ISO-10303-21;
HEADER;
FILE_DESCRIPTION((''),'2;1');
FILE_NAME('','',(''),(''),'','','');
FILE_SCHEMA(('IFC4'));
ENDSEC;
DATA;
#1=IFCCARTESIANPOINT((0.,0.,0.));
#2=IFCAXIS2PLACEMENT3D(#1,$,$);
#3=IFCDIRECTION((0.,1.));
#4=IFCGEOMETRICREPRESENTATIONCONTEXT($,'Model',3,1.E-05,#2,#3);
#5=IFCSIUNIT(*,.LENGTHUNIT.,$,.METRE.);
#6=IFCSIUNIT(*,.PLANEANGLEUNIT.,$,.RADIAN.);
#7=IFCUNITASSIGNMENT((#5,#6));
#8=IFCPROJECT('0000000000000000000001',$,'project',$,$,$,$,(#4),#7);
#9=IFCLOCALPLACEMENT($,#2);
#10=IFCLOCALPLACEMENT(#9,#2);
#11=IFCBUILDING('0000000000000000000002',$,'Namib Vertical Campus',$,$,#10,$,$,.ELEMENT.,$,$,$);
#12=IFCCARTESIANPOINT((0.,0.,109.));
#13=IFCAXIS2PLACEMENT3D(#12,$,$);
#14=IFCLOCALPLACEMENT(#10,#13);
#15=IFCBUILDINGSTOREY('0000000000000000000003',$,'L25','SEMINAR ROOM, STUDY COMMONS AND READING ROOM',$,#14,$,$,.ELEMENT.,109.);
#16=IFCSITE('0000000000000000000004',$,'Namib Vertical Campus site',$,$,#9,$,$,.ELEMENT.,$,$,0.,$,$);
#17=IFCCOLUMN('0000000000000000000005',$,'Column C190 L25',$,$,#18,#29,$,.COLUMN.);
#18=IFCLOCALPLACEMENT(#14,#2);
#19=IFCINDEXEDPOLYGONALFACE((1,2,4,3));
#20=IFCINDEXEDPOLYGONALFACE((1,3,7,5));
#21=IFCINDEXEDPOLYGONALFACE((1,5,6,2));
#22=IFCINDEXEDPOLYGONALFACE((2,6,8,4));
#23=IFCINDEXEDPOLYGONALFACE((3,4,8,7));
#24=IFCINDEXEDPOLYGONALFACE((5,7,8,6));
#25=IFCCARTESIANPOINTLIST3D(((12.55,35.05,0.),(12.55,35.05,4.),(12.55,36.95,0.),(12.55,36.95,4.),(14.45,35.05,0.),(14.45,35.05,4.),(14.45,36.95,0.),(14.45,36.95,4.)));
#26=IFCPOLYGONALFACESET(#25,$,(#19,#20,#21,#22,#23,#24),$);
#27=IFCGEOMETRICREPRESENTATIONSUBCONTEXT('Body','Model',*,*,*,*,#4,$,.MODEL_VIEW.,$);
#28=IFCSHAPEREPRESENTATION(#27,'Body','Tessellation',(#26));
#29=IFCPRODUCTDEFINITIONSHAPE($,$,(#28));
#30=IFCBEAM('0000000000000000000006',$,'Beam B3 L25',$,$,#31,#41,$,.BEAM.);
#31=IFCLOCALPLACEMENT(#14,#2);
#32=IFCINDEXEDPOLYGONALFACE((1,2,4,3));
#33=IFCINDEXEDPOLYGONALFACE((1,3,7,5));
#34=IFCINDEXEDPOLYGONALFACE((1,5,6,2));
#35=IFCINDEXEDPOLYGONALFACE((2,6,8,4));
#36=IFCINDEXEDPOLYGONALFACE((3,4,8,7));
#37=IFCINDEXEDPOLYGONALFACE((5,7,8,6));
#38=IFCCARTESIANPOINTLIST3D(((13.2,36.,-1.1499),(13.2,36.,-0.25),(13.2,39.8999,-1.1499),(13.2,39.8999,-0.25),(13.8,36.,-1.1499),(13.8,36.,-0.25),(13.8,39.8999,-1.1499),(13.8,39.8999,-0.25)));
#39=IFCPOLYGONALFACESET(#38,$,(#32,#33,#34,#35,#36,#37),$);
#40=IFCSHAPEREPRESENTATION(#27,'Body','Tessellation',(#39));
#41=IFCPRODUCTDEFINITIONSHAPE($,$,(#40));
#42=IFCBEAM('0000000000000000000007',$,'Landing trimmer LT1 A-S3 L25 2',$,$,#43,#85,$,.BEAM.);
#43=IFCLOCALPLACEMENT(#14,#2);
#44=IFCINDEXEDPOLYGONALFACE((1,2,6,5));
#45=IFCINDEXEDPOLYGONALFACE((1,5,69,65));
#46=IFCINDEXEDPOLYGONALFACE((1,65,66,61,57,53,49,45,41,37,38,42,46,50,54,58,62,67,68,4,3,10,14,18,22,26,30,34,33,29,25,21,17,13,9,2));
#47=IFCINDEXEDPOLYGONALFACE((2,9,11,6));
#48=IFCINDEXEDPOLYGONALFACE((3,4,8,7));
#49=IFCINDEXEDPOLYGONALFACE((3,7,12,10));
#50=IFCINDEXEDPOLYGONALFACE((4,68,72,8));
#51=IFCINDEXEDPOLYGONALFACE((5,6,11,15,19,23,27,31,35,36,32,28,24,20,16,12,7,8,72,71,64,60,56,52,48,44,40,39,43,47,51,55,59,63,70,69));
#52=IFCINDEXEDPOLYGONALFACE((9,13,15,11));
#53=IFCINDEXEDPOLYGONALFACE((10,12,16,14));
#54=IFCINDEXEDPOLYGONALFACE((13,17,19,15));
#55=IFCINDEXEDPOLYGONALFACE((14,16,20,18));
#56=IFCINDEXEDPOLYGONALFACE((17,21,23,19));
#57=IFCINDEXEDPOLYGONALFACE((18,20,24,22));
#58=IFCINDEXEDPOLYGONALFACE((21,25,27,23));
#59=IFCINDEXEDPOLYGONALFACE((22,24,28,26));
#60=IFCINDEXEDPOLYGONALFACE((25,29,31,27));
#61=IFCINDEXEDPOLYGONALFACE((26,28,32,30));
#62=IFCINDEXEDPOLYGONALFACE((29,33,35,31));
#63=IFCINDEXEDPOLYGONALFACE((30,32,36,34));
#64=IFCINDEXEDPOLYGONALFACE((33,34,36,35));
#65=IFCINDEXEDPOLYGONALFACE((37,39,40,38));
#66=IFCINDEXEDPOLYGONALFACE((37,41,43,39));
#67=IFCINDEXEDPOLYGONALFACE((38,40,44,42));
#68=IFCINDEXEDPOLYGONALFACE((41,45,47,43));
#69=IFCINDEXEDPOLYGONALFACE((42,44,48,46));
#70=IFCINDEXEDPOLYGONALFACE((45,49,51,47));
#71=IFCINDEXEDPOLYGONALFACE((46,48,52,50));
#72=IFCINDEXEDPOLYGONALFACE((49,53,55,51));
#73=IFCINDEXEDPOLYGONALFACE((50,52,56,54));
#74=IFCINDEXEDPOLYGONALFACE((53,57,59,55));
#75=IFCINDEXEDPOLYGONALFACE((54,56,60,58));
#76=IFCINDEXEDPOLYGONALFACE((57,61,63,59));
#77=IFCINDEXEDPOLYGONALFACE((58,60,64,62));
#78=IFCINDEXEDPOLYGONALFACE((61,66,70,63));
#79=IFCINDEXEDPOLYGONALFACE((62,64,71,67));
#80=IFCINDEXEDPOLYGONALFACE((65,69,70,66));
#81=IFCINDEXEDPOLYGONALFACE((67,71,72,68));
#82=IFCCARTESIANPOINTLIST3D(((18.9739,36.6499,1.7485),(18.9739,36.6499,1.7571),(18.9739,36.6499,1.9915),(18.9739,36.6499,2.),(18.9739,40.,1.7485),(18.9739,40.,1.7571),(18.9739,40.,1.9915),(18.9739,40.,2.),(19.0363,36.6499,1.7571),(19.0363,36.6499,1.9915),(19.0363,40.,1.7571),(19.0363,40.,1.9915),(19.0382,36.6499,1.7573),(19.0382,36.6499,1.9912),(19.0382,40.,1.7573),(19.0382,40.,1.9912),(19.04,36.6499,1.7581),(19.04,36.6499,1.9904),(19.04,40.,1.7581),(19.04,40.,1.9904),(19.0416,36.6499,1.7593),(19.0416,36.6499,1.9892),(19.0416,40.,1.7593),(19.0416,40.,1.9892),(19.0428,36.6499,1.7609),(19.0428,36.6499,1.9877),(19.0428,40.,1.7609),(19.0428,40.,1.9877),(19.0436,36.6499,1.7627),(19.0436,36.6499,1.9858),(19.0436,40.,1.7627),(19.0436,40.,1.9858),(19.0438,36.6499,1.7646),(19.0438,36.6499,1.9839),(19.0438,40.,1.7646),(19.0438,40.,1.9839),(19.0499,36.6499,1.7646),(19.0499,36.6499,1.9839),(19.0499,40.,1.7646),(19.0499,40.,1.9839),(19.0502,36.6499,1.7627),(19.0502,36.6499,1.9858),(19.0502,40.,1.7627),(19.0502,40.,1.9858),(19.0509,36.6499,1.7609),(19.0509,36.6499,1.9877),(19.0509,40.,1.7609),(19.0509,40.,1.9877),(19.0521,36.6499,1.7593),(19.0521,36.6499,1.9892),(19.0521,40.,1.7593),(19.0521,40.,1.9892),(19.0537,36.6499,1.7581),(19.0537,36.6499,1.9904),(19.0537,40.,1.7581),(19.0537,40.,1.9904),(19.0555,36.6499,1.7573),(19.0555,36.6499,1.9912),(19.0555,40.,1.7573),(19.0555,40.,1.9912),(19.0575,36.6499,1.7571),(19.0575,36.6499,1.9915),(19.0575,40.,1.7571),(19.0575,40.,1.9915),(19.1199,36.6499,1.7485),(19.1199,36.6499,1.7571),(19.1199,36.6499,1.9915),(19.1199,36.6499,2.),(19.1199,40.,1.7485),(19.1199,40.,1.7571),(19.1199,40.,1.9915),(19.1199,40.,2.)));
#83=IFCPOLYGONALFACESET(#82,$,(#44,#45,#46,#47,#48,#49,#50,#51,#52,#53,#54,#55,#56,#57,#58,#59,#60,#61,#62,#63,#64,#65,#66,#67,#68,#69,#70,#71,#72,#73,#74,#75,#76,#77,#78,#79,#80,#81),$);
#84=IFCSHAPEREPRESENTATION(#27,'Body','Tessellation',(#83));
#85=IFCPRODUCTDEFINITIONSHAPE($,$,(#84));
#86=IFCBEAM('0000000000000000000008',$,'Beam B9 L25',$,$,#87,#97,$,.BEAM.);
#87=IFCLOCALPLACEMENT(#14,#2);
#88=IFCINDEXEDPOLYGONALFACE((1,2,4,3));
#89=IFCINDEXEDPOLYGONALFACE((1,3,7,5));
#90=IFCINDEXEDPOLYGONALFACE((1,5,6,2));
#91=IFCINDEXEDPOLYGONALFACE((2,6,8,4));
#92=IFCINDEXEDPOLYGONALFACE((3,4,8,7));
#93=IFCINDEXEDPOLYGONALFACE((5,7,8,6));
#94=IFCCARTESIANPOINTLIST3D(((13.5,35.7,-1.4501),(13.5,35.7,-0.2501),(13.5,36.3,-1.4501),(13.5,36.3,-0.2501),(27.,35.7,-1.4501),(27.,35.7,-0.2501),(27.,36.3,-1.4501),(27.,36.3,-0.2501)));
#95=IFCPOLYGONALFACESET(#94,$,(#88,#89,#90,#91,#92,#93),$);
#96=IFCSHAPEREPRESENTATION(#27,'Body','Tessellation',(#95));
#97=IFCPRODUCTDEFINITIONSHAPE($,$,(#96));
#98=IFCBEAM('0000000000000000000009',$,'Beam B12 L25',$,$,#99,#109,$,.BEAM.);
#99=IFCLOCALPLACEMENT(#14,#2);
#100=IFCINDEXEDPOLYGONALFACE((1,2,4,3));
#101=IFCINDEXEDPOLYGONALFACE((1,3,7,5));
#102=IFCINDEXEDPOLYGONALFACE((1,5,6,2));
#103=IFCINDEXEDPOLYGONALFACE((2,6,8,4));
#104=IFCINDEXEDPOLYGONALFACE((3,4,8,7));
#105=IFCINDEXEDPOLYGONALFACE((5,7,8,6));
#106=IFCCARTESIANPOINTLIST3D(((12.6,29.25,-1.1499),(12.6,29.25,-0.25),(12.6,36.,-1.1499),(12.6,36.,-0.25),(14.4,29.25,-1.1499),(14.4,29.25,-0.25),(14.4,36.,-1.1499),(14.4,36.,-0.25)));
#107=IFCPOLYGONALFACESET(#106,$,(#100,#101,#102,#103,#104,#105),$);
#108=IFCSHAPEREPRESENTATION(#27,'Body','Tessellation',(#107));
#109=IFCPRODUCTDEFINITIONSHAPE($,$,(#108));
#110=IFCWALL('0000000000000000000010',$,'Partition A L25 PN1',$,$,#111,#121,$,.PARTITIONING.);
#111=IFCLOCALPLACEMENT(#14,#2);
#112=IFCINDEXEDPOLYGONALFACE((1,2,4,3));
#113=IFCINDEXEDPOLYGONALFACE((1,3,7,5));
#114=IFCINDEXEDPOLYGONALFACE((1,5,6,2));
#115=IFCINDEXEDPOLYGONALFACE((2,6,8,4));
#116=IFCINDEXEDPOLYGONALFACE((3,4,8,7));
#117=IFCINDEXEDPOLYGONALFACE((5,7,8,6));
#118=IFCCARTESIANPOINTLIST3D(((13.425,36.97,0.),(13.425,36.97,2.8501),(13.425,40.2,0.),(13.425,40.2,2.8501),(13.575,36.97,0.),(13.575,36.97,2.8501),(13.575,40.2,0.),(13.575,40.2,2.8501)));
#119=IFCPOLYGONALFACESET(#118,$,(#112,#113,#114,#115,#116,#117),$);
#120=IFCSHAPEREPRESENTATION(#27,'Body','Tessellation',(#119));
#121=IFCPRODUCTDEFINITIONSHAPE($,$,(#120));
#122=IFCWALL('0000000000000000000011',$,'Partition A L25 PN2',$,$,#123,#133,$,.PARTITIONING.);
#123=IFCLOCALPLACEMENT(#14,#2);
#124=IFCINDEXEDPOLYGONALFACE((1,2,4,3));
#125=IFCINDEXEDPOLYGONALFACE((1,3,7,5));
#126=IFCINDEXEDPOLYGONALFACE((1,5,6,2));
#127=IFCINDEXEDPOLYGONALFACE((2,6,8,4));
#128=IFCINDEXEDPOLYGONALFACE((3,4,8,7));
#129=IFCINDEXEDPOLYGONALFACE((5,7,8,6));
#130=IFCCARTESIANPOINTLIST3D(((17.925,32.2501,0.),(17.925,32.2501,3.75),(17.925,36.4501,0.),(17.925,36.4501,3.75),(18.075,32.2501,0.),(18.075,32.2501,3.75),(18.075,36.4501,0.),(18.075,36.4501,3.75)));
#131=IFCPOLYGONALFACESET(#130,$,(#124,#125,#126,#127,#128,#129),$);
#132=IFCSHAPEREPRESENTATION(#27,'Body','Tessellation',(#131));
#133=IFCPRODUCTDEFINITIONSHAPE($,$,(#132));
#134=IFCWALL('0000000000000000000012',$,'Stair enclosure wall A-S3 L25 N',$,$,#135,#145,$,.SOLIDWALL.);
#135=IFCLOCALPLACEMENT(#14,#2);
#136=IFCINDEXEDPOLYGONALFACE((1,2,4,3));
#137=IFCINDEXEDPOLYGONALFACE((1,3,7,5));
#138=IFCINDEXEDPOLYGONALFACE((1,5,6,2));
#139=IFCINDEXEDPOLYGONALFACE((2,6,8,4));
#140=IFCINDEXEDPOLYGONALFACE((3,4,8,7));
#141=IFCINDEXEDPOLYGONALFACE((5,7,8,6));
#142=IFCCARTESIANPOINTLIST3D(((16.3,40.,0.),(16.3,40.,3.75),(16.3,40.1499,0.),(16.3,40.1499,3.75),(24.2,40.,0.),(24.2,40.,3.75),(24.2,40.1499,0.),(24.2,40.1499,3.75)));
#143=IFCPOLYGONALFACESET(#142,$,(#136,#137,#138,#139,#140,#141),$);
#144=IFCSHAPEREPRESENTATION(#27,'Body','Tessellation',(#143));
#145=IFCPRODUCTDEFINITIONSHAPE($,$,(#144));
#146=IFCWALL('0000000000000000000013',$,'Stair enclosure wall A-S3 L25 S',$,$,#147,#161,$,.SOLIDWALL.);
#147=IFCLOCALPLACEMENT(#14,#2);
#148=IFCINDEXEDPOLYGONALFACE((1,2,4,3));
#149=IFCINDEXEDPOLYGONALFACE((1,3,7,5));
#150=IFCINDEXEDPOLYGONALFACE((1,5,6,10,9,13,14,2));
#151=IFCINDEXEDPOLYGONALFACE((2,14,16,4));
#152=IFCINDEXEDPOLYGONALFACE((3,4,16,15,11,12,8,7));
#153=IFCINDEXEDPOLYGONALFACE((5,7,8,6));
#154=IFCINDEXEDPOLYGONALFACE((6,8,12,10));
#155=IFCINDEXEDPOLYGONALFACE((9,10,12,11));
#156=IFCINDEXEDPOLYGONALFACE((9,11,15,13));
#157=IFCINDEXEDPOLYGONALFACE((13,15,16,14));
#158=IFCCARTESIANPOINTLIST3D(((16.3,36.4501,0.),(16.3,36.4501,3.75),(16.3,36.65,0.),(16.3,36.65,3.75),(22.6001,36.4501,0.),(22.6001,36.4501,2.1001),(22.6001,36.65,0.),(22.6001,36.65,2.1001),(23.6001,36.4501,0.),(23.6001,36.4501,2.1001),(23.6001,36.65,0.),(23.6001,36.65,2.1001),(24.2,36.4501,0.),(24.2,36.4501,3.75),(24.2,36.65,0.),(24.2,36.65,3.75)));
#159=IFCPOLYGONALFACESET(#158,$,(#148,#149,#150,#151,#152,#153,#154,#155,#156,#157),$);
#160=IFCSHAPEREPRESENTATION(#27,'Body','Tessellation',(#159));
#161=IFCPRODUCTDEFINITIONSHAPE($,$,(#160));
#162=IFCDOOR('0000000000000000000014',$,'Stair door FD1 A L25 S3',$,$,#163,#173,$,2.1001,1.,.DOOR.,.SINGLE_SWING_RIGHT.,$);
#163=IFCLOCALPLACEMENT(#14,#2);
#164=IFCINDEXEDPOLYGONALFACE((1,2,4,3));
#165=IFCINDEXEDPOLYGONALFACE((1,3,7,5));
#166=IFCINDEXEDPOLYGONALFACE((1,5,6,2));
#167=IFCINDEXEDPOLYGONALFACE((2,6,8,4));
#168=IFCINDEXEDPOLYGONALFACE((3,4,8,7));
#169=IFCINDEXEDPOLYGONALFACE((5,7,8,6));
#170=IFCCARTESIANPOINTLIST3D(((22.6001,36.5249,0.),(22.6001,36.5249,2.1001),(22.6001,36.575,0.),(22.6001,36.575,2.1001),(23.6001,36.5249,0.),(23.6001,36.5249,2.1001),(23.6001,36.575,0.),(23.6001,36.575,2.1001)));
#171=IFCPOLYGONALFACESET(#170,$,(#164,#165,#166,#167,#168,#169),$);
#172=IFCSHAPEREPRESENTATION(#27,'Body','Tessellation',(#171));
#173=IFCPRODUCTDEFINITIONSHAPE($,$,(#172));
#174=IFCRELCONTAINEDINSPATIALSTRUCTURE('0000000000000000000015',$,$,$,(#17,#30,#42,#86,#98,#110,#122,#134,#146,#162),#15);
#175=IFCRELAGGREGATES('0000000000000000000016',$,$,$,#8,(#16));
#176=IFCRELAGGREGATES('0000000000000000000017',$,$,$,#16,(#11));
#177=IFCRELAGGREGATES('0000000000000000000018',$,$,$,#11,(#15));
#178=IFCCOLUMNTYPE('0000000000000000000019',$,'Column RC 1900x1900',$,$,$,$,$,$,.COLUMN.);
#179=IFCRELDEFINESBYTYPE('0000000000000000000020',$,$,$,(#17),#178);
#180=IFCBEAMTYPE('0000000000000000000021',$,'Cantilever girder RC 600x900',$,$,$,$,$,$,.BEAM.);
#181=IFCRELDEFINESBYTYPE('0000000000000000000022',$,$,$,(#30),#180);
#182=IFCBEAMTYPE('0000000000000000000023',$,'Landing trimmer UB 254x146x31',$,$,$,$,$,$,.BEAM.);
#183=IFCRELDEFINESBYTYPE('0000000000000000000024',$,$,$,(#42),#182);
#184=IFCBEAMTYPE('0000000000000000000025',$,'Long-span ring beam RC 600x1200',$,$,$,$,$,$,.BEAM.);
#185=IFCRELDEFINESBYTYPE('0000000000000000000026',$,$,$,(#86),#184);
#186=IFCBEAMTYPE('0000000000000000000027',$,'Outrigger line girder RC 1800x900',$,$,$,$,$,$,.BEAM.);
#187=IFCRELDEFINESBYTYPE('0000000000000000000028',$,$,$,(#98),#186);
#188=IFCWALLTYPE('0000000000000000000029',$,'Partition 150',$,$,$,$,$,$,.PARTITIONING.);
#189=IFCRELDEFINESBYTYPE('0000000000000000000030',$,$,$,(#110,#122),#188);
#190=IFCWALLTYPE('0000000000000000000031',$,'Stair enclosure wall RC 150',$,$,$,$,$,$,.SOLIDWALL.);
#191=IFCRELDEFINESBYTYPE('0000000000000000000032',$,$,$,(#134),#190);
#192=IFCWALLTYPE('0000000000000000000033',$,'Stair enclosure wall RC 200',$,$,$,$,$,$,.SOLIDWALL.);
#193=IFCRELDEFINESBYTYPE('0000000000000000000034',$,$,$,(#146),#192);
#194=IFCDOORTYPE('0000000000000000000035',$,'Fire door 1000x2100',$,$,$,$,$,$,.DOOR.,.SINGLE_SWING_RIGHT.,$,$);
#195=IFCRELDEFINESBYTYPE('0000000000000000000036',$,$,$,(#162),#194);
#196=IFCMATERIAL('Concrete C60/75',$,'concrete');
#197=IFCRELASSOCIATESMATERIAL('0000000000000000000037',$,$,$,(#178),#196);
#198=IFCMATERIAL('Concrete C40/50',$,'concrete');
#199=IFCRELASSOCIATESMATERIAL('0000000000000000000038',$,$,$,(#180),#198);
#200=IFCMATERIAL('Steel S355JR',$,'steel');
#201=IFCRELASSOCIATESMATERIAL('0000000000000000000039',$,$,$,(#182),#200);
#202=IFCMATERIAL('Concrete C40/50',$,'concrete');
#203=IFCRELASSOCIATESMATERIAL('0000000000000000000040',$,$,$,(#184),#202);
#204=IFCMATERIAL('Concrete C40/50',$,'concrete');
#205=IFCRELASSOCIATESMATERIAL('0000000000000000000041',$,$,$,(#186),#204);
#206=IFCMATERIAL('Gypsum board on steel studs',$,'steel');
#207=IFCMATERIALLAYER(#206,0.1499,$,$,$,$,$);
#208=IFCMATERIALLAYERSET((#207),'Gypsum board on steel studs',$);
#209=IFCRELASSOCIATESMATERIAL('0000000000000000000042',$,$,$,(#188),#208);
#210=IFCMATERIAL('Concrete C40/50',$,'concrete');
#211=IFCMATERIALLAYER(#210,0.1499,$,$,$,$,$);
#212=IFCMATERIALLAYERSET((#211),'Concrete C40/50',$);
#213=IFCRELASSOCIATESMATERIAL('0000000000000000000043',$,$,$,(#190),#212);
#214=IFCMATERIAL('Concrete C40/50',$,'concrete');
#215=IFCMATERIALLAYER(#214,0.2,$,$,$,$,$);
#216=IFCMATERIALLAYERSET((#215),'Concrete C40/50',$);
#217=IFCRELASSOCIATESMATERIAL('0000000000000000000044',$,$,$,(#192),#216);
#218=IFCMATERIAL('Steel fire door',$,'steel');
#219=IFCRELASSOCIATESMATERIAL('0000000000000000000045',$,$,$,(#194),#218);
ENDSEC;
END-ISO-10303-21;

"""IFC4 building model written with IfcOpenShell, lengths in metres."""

from ifc_helpers import new_model, si_unit, direction, frame, frame_2d, origin, origin_2d, place, context, subcontext, project, spatial, rectangle, i_section, extrude, material, layer, layer_set, material_profile, profile_set, type_object, element, fill, save


model = new_model("IFC4")

# Units and contexts
model_context = context("Model", 3, precision=1e-05, world=origin(), true_north=direction((0.0, 1.0)))
body_context = subcontext(model_context, "Body", "Model", "MODEL_VIEW")
ifc_project = project(units=[si_unit("LENGTHUNIT", "METRE"), si_unit("PLANEANGLEUNIT", "RADIAN")], contexts=[model_context])

# Site, building, storey
site_placement = place(None, origin())
site = spatial("IfcSite", under=ifc_project, at=site_placement, Name="Namib Vertical Campus site", CompositionType="ELEMENT", RefElevation=0.0)
building_placement = place(site_placement, origin())
building = spatial("IfcBuilding", under=site, at=building_placement, Name="Namib Vertical Campus", CompositionType="ELEMENT")
storey_placement = place(building_placement, frame((0.0, 0.0, 109.0)))
storey = spatial("IfcBuildingStorey", under=building, at=storey_placement, Name="L25", Description="SEMINAR ROOM, STUDY COMMONS AND READING ROOM", CompositionType="ELEMENT", Elevation=109.0)

# Column
ifc_material_1 = material(Name="Concrete C60/75", Category="concrete")
ifc_material_profile_1 = material_profile(ifc_material_1, rectangle(XDim=1.8999, YDim=1.8999, at=origin_2d()))
ifc_profile_set_1 = profile_set([ifc_material_profile_1], Name="Concrete C60/75")
column_type = type_object("IfcColumnType", Name="Column RC 1900x1900", PredefinedType="COLUMN", material=ifc_profile_set_1)
column_placement = place(storey_placement, frame((13.5, 36.0, 0.0), z_axis=(0.0, 0.0, 1.0), x_axis=(1.0, 0.0, 0.0)))
element("IfcColumn", 1, at=column_placement, inside=storey, type_object=column_type, Name="Column C190 L25", PredefinedType="COLUMN", context=body_context, shape_type="SweptSolid", body=[
    extrude(rectangle(XDim=1.8999, YDim=1.8999, at=origin_2d()), origin(), (0.0, 0.0, 1.0), 4.0),
])

# Beams
ifc_material_2 = material(Name="Concrete C40/50", Category="concrete")
ifc_material_profile_2 = material_profile(ifc_material_2, rectangle(XDim=0.6001, YDim=0.8999, at=origin_2d()))
ifc_profile_set_2 = profile_set([ifc_material_profile_2], Name="Concrete C40/50")
beam_type_1 = type_object("IfcBeamType", Name="Cantilever girder RC 600x900", PredefinedType="BEAM", material=ifc_profile_set_2)
beam_1_placement = place(storey_placement, frame((13.5, 36.0, -0.7), z_axis=(0.0, 1.0, 0.0), x_axis=(-1.0, 0.0, 0.0)))
element("IfcBeam", 2, at=beam_1_placement, inside=storey, type_object=beam_type_1, Name="Beam B3 L25", PredefinedType="BEAM", context=body_context, shape_type="SweptSolid", body=[
    extrude(rectangle(XDim=0.6001, YDim=0.8999, at=origin_2d()), origin(), (0.0, 0.0, 1.0), 3.8999),
])
ifc_material_3 = material(Name="Steel S355JR", Category="steel")
ifc_material_profile_3 = material_profile(ifc_material_3, i_section(OverallWidth=0.146, OverallDepth=0.2515, WebThickness=0.0061, FlangeThickness=0.0085, FilletRadius=0.0076, at=origin_2d()))
ifc_profile_set_3 = profile_set([ifc_material_profile_3], Name="Steel S355JR")
beam_type_2 = type_object("IfcBeamType", Name="Landing trimmer UB 254x146x31", PredefinedType="BEAM", material=ifc_profile_set_3)
beam_2_placement = place(storey_placement, frame((19.0469, 36.6499, 1.8743), z_axis=(0.0, 1.0, 0.0), x_axis=(-1.0, 0.0, 0.0)))
element("IfcBeam", 3, at=beam_2_placement, inside=storey, type_object=beam_type_2, Name="Landing trimmer LT1 A-S3 L25 2", PredefinedType="BEAM", context=body_context, shape_type="SweptSolid", body=[
    extrude(i_section(OverallWidth=0.146, OverallDepth=0.2515, WebThickness=0.0061, FlangeThickness=0.0085, FilletRadius=0.0076, at=origin_2d()), origin(), (0.0, 0.0, 1.0), 3.3501),
])
ifc_material_4 = material(Name="Concrete C40/50", Category="concrete")
ifc_material_profile_4 = material_profile(ifc_material_4, rectangle(XDim=0.6001, YDim=1.2, at=origin_2d()))
ifc_profile_set_4 = profile_set([ifc_material_profile_4], Name="Concrete C40/50")
beam_type_3 = type_object("IfcBeamType", Name="Long-span ring beam RC 600x1200", PredefinedType="BEAM", material=ifc_profile_set_4)
beam_3_placement = place(storey_placement, frame((13.5, 36.0, -0.8501), z_axis=(1.0, 0.0, 0.0), x_axis=(0.0, 1.0, 0.0)))
element("IfcBeam", 4, at=beam_3_placement, inside=storey, type_object=beam_type_3, Name="Beam B9 L25", PredefinedType="BEAM", context=body_context, shape_type="SweptSolid", body=[
    extrude(rectangle(XDim=0.6001, YDim=1.2, at=origin_2d()), origin(), (0.0, 0.0, 1.0), 13.5),
])
ifc_material_5 = material(Name="Concrete C40/50", Category="concrete")
ifc_material_profile_5 = material_profile(ifc_material_5, rectangle(XDim=1.8, YDim=0.8999, at=origin_2d()))
ifc_profile_set_5 = profile_set([ifc_material_profile_5], Name="Concrete C40/50")
beam_type_4 = type_object("IfcBeamType", Name="Outrigger line girder RC 1800x900", PredefinedType="BEAM", material=ifc_profile_set_5)
beam_4_placement = place(storey_placement, frame((13.5, 36.0, -0.7), z_axis=(0.0, -1.0, 0.0), x_axis=(1.0, 0.0, 0.0)))
element("IfcBeam", 5, at=beam_4_placement, inside=storey, type_object=beam_type_4, Name="Beam B12 L25", PredefinedType="BEAM", context=body_context, shape_type="SweptSolid", body=[
    extrude(rectangle(XDim=1.8, YDim=0.8999, at=origin_2d()), origin(), (0.0, 0.0, 1.0), 6.75),
])

# Walls
ifc_material_6 = material(Name="Gypsum board on steel studs", Category="steel")
ifc_layer_1 = layer(ifc_material_6, 0.1499)
ifc_layer_set_1 = layer_set([ifc_layer_1], Name="Gypsum board on steel studs")
wall_type_1 = type_object("IfcWallType", Name="Partition 150", PredefinedType="PARTITIONING", material=ifc_layer_set_1)
wall_1_placement = place(storey_placement, frame((13.5, 36.97, 0.0), z_axis=(0.0, 0.0, 1.0), x_axis=(0.0, 1.0, 0.0)))
element("IfcWall", 6, at=wall_1_placement, inside=storey, type_object=wall_type_1, Name="Partition A L25 PN1", PredefinedType="PARTITIONING", context=body_context, shape_type="SweptSolid", body=[
    extrude(rectangle(XDim=3.23, YDim=0.1499, at=frame_2d((1.615, 0.0))), origin(), (0.0, 0.0, 1.0), 2.8501),
])
wall_2_placement = place(storey_placement, frame((18.0, 32.25, 0.0), z_axis=(0.0, 0.0, 1.0), x_axis=(0.0, 1.0, 0.0)))
element("IfcWall", 7, at=wall_2_placement, inside=storey, type_object=wall_type_1, Name="Partition A L25 PN2", PredefinedType="PARTITIONING", context=body_context, shape_type="SweptSolid", body=[
    extrude(rectangle(XDim=4.2, YDim=0.1499, at=frame_2d((2.1001, 0.0))), origin(), (0.0, 0.0, 1.0), 3.75),
])
ifc_material_7 = material(Name="Concrete C40/50", Category="concrete")
ifc_layer_2 = layer(ifc_material_7, 0.1499)
ifc_layer_set_2 = layer_set([ifc_layer_2], Name="Concrete C40/50")
wall_type_2 = type_object("IfcWallType", Name="Stair enclosure wall RC 150", PredefinedType="SOLIDWALL", material=ifc_layer_set_2)
wall_3_placement = place(storey_placement, frame((16.3, 40.075, 0.0), z_axis=(0.0, 0.0, 1.0), x_axis=(1.0, 0.0, 0.0)))
element("IfcWall", 8, at=wall_3_placement, inside=storey, type_object=wall_type_2, Name="Stair enclosure wall A-S3 L25 N", PredefinedType="SOLIDWALL", context=body_context, shape_type="SweptSolid", body=[
    extrude(rectangle(XDim=7.8999, YDim=0.1499, at=frame_2d((3.95, 0.0))), origin(), (0.0, 0.0, 1.0), 3.75),
])

# Wall, opening, door
ifc_material_8 = material(Name="Concrete C40/50", Category="concrete")
ifc_layer_3 = layer(ifc_material_8, 0.2)
ifc_layer_set_3 = layer_set([ifc_layer_3], Name="Concrete C40/50")
wall_type_3 = type_object("IfcWallType", Name="Stair enclosure wall RC 200", PredefinedType="SOLIDWALL", material=ifc_layer_set_3)
wall_4_placement = place(storey_placement, frame((16.3, 36.55, 0.0), z_axis=(0.0, 0.0, 1.0), x_axis=(1.0, 0.0, 0.0)))
wall_4 = element("IfcWall", 9, at=wall_4_placement, inside=storey, type_object=wall_type_3, Name="Stair enclosure wall A-S3 L25 S", PredefinedType="SOLIDWALL", context=body_context, shape_type="SweptSolid", body=[
    extrude(rectangle(XDim=7.8999, YDim=0.2, at=frame_2d((3.95, 0.0))), origin(), (0.0, 0.0, 1.0), 3.75),
])
opening_placement = place(wall_4_placement, frame((6.3, 0.0, 0.0)))
opening = element("IfcOpeningElement", 10, at=opening_placement, cuts=wall_4, PredefinedType="OPENING", context=body_context, shape_type="SweptSolid", body=[
    extrude(rectangle(XDim=1.0, YDim=2.1001, at=frame_2d((0.5, 1.05))), frame((0.0, 0.1099, 0.0), z_axis=(0.0, -1.0, 0.0), x_axis=(1.0, 0.0, 0.0)), (0.0, 0.0, 1.0), 0.22),
])
ifc_material_9 = material(Name="Steel fire door", Category="steel")
door_type = type_object("IfcDoorType", Name="Fire door 1000x2100", OperationType="SINGLE_SWING_RIGHT", PredefinedType="DOOR", material=ifc_material_9)
door_placement = place(opening_placement, origin())
door = element("IfcDoor", 11, at=door_placement, inside=storey, type_object=door_type, Name="Stair door FD1 A L25 S3", OperationType="SINGLE_SWING_RIGHT", OverallHeight=2.1001, OverallWidth=1.0, PredefinedType="DOOR", context=body_context, shape_type="SweptSolid", body=[
    extrude(rectangle(XDim=1.0, YDim=2.1001, at=frame_2d((0.5, 1.05))), frame((0.0, 0.0249, 0.0), z_axis=(0.0, -1.0, 0.0), x_axis=(1.0, 0.0, 0.0)), (0.0, 0.0, 1.0), 0.05),
])
fill(opening, door)

save(model, "model.ifc")
